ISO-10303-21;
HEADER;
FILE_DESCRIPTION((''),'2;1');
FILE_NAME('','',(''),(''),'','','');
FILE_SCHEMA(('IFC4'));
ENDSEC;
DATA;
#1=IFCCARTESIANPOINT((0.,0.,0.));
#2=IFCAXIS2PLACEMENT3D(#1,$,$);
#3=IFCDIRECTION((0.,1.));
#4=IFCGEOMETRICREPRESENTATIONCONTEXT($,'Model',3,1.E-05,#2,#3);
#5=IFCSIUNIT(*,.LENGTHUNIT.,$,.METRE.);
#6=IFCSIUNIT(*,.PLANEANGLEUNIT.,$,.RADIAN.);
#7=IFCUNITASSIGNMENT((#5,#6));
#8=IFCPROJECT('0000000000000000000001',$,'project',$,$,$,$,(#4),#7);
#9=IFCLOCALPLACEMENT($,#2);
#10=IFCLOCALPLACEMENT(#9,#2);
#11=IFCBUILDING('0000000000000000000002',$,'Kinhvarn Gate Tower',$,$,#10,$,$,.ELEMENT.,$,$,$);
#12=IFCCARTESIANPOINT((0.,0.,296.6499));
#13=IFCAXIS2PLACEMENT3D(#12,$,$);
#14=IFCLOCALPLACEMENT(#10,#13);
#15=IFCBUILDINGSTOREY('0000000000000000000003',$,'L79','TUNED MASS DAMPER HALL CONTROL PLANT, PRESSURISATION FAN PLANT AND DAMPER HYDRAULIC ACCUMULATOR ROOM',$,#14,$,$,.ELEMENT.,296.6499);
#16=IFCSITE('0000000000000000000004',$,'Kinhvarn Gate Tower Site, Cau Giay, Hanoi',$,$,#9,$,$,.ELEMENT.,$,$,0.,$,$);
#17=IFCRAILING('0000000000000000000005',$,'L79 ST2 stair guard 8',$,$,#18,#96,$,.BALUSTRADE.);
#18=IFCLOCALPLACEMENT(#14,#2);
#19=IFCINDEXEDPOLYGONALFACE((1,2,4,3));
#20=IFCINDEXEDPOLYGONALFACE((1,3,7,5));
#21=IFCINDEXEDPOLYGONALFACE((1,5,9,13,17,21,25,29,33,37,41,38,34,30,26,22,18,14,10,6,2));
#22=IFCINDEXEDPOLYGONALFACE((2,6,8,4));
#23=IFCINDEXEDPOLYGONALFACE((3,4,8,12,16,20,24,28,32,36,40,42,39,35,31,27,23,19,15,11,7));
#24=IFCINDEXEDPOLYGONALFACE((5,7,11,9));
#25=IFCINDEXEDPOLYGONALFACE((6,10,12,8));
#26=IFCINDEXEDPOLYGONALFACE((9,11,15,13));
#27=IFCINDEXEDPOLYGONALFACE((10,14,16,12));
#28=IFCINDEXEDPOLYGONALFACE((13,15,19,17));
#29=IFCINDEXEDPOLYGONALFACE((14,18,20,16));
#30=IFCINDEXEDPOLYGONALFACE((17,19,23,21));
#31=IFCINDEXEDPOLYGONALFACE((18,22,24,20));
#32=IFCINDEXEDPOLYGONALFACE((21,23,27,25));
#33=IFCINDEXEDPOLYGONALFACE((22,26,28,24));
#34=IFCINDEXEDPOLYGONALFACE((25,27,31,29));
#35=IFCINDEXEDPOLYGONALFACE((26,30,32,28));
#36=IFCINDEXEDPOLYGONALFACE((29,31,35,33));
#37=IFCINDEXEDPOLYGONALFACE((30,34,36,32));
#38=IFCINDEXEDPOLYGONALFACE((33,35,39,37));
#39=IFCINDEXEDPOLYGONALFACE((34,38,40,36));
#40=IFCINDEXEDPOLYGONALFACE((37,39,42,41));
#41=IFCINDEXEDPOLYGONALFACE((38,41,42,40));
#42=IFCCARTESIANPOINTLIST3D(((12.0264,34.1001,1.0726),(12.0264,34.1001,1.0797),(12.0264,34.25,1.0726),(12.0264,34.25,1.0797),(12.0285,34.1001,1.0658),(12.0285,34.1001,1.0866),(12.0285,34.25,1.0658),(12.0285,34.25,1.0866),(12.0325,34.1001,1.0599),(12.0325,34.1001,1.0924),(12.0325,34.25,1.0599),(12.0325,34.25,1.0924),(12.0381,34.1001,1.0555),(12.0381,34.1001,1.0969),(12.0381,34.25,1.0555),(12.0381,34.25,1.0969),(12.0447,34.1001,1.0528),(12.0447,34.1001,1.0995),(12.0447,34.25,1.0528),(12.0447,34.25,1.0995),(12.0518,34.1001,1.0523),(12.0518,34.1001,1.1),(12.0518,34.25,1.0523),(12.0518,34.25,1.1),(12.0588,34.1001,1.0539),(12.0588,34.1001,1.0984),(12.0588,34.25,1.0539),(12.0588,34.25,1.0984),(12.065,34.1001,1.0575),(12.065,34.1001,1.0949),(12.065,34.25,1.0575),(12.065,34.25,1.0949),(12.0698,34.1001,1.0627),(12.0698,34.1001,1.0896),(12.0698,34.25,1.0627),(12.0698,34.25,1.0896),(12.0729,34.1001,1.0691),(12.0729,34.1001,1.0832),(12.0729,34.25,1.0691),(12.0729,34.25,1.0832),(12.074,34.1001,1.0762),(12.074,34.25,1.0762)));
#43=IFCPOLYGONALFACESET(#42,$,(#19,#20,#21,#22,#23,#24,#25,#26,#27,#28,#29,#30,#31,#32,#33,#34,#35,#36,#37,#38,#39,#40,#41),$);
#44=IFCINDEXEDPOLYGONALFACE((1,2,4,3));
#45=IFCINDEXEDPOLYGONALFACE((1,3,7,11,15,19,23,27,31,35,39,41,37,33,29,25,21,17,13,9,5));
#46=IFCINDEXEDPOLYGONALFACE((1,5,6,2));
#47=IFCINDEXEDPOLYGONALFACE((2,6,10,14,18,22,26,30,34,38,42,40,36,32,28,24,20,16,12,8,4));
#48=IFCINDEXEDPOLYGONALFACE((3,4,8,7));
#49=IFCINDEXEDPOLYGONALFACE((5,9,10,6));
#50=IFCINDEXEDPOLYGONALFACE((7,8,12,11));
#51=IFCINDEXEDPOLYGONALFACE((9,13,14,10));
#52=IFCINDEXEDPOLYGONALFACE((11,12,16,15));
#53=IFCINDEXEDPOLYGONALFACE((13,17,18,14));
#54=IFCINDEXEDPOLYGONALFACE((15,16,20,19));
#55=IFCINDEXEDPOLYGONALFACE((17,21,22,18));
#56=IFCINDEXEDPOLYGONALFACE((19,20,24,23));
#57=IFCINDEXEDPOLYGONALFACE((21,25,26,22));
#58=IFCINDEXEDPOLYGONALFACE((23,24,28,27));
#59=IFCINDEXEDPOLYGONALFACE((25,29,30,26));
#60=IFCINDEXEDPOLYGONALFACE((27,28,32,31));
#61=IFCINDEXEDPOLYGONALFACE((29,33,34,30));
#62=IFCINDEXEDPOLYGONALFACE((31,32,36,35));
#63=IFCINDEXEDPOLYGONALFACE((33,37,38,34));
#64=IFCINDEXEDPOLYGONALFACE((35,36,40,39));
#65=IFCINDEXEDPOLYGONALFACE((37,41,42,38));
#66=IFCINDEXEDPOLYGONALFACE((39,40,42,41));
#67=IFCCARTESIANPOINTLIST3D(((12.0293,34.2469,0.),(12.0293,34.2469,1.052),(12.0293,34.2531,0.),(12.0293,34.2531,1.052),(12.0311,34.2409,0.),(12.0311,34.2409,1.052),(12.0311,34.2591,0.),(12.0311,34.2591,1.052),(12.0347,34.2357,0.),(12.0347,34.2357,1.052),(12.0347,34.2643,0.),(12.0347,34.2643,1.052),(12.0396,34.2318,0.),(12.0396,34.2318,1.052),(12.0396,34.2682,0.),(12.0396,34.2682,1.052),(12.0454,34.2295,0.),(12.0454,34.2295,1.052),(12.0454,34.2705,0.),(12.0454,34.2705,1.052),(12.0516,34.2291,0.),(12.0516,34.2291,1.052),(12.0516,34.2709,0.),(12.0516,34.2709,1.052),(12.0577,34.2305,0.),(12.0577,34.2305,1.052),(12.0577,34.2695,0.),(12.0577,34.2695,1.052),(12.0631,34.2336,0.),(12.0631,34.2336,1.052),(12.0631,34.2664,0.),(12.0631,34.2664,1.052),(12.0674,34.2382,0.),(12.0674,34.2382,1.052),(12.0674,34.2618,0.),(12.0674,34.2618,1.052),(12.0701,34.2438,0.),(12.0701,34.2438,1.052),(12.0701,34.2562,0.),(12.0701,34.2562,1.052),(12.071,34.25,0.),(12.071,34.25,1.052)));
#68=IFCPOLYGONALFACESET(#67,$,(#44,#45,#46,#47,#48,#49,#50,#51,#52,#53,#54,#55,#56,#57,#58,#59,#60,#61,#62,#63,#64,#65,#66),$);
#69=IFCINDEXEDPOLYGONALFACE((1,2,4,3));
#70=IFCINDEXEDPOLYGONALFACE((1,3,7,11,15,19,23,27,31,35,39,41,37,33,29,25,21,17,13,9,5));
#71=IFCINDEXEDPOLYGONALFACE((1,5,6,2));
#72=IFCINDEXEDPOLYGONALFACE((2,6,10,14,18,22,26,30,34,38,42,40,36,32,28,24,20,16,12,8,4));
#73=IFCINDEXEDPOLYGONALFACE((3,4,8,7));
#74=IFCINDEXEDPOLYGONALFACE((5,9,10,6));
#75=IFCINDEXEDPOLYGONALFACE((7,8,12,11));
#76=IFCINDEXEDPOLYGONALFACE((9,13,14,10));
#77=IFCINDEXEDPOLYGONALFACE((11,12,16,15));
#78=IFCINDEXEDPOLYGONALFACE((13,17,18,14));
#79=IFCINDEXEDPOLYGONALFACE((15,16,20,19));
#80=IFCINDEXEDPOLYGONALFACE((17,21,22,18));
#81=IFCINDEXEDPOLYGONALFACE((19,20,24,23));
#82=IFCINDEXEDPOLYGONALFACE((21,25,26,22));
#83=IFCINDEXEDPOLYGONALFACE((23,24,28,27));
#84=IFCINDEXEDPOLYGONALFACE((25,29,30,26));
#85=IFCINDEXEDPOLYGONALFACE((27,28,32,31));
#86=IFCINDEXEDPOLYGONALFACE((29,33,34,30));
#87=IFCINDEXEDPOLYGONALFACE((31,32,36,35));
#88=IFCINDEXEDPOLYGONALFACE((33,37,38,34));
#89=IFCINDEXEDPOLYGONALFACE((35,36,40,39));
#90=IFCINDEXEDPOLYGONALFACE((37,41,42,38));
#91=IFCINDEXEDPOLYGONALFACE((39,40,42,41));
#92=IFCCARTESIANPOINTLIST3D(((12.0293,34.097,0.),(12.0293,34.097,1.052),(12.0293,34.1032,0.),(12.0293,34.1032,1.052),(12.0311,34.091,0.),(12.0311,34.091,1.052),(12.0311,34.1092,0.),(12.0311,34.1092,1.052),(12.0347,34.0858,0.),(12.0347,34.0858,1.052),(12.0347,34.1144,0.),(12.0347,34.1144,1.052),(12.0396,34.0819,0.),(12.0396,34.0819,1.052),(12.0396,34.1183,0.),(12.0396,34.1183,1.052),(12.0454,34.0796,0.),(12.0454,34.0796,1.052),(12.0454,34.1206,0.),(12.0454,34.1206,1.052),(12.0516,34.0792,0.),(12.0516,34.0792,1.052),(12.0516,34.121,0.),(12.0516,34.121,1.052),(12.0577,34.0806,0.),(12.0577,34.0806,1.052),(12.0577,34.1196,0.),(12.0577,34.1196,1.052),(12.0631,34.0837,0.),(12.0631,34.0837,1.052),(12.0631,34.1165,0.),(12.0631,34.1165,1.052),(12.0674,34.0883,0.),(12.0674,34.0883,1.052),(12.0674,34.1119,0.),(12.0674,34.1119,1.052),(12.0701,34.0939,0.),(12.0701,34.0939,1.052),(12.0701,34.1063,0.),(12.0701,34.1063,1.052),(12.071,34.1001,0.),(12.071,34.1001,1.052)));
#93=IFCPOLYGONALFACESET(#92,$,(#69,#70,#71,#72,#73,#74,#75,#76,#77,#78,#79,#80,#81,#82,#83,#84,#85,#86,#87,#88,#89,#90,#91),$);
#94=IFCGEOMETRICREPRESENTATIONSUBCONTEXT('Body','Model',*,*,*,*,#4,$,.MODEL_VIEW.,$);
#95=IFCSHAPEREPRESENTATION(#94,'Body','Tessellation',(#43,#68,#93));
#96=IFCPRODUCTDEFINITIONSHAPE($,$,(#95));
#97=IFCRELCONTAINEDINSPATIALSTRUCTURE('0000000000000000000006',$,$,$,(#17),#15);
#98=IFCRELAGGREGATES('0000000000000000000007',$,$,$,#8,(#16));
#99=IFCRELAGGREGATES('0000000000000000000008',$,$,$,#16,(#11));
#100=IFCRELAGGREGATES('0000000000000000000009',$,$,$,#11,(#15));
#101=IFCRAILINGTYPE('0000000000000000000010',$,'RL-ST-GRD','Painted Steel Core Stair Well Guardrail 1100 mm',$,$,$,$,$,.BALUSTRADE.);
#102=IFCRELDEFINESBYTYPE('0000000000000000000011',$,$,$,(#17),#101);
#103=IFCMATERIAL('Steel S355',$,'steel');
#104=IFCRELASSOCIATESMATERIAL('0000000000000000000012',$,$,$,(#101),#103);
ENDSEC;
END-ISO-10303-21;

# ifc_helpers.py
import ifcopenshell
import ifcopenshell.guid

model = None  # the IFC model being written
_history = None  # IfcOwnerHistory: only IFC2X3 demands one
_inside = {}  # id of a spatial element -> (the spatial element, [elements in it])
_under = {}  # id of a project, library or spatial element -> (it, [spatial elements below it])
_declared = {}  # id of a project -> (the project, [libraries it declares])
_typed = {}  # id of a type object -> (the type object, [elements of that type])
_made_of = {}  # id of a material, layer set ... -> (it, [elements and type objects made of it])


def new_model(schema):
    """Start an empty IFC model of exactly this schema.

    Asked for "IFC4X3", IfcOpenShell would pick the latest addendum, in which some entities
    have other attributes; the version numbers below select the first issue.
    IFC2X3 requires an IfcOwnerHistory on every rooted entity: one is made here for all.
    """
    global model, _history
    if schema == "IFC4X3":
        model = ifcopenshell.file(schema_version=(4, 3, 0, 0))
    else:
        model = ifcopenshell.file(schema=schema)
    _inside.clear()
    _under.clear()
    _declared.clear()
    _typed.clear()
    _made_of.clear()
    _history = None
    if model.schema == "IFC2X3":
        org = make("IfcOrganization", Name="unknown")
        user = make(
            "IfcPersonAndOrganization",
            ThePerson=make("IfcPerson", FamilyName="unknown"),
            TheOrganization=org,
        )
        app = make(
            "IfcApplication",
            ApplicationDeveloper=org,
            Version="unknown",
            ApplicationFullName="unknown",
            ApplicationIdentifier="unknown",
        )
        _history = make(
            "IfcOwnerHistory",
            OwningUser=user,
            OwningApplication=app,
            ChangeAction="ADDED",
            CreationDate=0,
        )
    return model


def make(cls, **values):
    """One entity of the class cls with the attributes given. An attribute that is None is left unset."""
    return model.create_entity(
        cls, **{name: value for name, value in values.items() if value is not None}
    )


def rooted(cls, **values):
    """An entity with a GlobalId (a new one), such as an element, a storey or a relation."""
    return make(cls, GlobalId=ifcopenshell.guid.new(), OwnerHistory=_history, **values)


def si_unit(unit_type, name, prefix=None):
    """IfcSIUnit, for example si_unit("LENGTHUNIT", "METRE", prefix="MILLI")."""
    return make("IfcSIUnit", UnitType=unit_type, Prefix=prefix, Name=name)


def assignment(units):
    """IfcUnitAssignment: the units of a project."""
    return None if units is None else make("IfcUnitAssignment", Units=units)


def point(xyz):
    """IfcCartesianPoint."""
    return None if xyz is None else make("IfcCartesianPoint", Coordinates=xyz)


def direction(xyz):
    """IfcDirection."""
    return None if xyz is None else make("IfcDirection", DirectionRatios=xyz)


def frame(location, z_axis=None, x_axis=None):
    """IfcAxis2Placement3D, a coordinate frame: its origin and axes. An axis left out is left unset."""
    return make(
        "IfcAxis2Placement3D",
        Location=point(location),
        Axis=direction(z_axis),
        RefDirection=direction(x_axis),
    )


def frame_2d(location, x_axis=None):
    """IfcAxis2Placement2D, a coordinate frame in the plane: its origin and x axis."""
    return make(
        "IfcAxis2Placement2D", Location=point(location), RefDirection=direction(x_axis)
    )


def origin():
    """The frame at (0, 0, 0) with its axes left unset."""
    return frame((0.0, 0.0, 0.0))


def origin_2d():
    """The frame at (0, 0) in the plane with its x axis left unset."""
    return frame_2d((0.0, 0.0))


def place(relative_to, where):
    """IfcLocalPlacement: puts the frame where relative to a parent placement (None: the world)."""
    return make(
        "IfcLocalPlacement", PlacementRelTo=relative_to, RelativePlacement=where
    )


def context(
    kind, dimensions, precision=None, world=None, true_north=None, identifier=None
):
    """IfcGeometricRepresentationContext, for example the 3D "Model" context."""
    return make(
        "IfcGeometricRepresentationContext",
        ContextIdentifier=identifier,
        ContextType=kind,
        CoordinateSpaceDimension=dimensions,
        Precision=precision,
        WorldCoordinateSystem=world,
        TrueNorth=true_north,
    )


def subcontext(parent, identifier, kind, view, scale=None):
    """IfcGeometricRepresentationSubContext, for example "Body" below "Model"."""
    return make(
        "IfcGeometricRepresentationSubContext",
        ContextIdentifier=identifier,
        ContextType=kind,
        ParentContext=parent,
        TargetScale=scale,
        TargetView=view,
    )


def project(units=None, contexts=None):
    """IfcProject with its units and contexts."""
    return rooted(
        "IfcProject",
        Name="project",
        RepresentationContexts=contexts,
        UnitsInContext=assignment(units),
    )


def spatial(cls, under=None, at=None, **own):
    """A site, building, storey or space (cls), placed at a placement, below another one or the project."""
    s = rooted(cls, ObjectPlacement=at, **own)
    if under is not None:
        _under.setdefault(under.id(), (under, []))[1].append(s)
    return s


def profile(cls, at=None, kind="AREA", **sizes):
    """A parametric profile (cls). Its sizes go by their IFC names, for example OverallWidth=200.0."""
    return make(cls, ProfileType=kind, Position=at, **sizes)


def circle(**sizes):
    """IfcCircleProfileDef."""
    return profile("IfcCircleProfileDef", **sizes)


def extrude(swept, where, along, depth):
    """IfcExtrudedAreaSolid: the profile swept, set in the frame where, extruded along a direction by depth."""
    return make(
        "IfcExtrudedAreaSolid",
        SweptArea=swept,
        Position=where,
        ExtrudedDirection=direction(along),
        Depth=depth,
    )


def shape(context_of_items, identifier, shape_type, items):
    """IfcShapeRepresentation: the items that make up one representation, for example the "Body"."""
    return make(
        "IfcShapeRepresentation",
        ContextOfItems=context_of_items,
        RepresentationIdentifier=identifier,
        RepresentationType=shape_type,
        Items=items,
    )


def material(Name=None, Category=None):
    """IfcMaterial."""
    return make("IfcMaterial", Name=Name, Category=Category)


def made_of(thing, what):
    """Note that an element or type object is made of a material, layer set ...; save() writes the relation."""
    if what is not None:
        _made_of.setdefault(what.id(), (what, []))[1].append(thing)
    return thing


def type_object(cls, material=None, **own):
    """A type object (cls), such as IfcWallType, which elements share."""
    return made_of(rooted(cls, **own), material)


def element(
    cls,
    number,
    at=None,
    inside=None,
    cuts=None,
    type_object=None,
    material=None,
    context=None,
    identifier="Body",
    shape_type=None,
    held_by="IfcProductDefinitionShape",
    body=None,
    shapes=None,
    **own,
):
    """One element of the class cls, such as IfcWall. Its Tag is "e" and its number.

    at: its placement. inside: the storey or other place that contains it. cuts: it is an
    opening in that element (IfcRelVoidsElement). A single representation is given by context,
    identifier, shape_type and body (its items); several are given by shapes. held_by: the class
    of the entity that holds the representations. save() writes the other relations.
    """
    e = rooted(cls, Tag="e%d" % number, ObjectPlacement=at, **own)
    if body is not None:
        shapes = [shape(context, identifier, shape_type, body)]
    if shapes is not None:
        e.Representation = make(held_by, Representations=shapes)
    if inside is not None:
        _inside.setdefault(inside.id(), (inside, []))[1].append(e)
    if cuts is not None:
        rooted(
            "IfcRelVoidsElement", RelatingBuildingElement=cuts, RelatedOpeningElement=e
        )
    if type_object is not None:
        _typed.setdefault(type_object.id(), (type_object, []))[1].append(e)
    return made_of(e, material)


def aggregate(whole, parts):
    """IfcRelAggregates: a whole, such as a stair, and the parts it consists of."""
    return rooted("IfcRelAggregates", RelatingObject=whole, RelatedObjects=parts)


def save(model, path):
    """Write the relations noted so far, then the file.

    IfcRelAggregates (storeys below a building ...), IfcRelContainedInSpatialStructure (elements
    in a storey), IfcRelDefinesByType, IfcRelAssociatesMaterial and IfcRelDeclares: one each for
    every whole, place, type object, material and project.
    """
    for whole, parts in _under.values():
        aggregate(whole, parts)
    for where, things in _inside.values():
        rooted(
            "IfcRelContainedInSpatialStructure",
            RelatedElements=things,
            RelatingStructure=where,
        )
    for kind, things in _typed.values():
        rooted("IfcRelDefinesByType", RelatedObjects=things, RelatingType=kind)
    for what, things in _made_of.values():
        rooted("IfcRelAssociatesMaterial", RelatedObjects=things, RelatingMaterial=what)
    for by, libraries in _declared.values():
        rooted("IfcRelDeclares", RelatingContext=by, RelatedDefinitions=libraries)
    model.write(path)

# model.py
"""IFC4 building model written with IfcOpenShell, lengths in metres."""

from ifc_helpers import new_model, si_unit, direction, frame, origin, origin_2d, place, context, subcontext, project, spatial, circle, extrude, material, type_object, element, save


model = new_model("IFC4")

# Units and contexts
model_context = context("Model", 3, precision=1e-05, world=origin(), true_north=direction((0.0, 1.0)))
body_context = subcontext(model_context, "Body", "Model", "MODEL_VIEW")
ifc_project = project(units=[si_unit("LENGTHUNIT", "METRE"), si_unit("PLANEANGLEUNIT", "RADIAN")], contexts=[model_context])

# Site, building, storey
site_placement = place(None, origin())
site = spatial("IfcSite", under=ifc_project, at=site_placement, Name="Kinhvarn Gate Tower Site, Cau Giay, Hanoi", CompositionType="ELEMENT", RefElevation=0.0)
building_placement = place(site_placement, origin())
building = spatial("IfcBuilding", under=site, at=building_placement, Name="Kinhvarn Gate Tower", CompositionType="ELEMENT")
storey_placement = place(building_placement, frame((0.0, 0.0, 296.6499)))
storey = spatial("IfcBuildingStorey", under=building, at=storey_placement, Name="L79", Description="TUNED MASS DAMPER HALL CONTROL PLANT, PRESSURISATION FAN PLANT AND DAMPER HYDRAULIC ACCUMULATOR ROOM", CompositionType="ELEMENT", Elevation=296.6499)

# Shared definitions
ifc_material_1 = material(Name="Steel S355", Category="steel")

# Railing
railing_type_1 = type_object("IfcRailingType", Name="RL-ST-GRD", Description="Painted Steel Core Stair Well Guardrail 1100 mm", PredefinedType="BALUSTRADE", material=ifc_material_1)
railing_1_placement = place(storey_placement, frame((12.05, 34.25, 0.0)))
element("IfcRailing", 1, at=railing_1_placement, inside=storey, type_object=railing_type_1, Name="L79 ST2 stair guard 8", PredefinedType="BALUSTRADE", context=body_context, shape_type="SweptSolid", body=[
    extrude(circle(Radius=0.0239, at=origin_2d()), frame((0.0, 0.0, 1.0762), z_axis=(0.0, -1.0, 0.0), x_axis=(1.0, 0.0, 0.0)), (0.0, 0.0, 1.0), 0.1499),
    extrude(circle(Radius=0.021, at=origin_2d()), origin(), (0.0, 0.0, 1.0), 1.052),
    extrude(circle(Radius=0.021, at=origin_2d()), frame((0.0, -0.1499, 0.0)), (0.0, 0.0, 1.0), 1.052),
])

save(model, "model.ifc")
